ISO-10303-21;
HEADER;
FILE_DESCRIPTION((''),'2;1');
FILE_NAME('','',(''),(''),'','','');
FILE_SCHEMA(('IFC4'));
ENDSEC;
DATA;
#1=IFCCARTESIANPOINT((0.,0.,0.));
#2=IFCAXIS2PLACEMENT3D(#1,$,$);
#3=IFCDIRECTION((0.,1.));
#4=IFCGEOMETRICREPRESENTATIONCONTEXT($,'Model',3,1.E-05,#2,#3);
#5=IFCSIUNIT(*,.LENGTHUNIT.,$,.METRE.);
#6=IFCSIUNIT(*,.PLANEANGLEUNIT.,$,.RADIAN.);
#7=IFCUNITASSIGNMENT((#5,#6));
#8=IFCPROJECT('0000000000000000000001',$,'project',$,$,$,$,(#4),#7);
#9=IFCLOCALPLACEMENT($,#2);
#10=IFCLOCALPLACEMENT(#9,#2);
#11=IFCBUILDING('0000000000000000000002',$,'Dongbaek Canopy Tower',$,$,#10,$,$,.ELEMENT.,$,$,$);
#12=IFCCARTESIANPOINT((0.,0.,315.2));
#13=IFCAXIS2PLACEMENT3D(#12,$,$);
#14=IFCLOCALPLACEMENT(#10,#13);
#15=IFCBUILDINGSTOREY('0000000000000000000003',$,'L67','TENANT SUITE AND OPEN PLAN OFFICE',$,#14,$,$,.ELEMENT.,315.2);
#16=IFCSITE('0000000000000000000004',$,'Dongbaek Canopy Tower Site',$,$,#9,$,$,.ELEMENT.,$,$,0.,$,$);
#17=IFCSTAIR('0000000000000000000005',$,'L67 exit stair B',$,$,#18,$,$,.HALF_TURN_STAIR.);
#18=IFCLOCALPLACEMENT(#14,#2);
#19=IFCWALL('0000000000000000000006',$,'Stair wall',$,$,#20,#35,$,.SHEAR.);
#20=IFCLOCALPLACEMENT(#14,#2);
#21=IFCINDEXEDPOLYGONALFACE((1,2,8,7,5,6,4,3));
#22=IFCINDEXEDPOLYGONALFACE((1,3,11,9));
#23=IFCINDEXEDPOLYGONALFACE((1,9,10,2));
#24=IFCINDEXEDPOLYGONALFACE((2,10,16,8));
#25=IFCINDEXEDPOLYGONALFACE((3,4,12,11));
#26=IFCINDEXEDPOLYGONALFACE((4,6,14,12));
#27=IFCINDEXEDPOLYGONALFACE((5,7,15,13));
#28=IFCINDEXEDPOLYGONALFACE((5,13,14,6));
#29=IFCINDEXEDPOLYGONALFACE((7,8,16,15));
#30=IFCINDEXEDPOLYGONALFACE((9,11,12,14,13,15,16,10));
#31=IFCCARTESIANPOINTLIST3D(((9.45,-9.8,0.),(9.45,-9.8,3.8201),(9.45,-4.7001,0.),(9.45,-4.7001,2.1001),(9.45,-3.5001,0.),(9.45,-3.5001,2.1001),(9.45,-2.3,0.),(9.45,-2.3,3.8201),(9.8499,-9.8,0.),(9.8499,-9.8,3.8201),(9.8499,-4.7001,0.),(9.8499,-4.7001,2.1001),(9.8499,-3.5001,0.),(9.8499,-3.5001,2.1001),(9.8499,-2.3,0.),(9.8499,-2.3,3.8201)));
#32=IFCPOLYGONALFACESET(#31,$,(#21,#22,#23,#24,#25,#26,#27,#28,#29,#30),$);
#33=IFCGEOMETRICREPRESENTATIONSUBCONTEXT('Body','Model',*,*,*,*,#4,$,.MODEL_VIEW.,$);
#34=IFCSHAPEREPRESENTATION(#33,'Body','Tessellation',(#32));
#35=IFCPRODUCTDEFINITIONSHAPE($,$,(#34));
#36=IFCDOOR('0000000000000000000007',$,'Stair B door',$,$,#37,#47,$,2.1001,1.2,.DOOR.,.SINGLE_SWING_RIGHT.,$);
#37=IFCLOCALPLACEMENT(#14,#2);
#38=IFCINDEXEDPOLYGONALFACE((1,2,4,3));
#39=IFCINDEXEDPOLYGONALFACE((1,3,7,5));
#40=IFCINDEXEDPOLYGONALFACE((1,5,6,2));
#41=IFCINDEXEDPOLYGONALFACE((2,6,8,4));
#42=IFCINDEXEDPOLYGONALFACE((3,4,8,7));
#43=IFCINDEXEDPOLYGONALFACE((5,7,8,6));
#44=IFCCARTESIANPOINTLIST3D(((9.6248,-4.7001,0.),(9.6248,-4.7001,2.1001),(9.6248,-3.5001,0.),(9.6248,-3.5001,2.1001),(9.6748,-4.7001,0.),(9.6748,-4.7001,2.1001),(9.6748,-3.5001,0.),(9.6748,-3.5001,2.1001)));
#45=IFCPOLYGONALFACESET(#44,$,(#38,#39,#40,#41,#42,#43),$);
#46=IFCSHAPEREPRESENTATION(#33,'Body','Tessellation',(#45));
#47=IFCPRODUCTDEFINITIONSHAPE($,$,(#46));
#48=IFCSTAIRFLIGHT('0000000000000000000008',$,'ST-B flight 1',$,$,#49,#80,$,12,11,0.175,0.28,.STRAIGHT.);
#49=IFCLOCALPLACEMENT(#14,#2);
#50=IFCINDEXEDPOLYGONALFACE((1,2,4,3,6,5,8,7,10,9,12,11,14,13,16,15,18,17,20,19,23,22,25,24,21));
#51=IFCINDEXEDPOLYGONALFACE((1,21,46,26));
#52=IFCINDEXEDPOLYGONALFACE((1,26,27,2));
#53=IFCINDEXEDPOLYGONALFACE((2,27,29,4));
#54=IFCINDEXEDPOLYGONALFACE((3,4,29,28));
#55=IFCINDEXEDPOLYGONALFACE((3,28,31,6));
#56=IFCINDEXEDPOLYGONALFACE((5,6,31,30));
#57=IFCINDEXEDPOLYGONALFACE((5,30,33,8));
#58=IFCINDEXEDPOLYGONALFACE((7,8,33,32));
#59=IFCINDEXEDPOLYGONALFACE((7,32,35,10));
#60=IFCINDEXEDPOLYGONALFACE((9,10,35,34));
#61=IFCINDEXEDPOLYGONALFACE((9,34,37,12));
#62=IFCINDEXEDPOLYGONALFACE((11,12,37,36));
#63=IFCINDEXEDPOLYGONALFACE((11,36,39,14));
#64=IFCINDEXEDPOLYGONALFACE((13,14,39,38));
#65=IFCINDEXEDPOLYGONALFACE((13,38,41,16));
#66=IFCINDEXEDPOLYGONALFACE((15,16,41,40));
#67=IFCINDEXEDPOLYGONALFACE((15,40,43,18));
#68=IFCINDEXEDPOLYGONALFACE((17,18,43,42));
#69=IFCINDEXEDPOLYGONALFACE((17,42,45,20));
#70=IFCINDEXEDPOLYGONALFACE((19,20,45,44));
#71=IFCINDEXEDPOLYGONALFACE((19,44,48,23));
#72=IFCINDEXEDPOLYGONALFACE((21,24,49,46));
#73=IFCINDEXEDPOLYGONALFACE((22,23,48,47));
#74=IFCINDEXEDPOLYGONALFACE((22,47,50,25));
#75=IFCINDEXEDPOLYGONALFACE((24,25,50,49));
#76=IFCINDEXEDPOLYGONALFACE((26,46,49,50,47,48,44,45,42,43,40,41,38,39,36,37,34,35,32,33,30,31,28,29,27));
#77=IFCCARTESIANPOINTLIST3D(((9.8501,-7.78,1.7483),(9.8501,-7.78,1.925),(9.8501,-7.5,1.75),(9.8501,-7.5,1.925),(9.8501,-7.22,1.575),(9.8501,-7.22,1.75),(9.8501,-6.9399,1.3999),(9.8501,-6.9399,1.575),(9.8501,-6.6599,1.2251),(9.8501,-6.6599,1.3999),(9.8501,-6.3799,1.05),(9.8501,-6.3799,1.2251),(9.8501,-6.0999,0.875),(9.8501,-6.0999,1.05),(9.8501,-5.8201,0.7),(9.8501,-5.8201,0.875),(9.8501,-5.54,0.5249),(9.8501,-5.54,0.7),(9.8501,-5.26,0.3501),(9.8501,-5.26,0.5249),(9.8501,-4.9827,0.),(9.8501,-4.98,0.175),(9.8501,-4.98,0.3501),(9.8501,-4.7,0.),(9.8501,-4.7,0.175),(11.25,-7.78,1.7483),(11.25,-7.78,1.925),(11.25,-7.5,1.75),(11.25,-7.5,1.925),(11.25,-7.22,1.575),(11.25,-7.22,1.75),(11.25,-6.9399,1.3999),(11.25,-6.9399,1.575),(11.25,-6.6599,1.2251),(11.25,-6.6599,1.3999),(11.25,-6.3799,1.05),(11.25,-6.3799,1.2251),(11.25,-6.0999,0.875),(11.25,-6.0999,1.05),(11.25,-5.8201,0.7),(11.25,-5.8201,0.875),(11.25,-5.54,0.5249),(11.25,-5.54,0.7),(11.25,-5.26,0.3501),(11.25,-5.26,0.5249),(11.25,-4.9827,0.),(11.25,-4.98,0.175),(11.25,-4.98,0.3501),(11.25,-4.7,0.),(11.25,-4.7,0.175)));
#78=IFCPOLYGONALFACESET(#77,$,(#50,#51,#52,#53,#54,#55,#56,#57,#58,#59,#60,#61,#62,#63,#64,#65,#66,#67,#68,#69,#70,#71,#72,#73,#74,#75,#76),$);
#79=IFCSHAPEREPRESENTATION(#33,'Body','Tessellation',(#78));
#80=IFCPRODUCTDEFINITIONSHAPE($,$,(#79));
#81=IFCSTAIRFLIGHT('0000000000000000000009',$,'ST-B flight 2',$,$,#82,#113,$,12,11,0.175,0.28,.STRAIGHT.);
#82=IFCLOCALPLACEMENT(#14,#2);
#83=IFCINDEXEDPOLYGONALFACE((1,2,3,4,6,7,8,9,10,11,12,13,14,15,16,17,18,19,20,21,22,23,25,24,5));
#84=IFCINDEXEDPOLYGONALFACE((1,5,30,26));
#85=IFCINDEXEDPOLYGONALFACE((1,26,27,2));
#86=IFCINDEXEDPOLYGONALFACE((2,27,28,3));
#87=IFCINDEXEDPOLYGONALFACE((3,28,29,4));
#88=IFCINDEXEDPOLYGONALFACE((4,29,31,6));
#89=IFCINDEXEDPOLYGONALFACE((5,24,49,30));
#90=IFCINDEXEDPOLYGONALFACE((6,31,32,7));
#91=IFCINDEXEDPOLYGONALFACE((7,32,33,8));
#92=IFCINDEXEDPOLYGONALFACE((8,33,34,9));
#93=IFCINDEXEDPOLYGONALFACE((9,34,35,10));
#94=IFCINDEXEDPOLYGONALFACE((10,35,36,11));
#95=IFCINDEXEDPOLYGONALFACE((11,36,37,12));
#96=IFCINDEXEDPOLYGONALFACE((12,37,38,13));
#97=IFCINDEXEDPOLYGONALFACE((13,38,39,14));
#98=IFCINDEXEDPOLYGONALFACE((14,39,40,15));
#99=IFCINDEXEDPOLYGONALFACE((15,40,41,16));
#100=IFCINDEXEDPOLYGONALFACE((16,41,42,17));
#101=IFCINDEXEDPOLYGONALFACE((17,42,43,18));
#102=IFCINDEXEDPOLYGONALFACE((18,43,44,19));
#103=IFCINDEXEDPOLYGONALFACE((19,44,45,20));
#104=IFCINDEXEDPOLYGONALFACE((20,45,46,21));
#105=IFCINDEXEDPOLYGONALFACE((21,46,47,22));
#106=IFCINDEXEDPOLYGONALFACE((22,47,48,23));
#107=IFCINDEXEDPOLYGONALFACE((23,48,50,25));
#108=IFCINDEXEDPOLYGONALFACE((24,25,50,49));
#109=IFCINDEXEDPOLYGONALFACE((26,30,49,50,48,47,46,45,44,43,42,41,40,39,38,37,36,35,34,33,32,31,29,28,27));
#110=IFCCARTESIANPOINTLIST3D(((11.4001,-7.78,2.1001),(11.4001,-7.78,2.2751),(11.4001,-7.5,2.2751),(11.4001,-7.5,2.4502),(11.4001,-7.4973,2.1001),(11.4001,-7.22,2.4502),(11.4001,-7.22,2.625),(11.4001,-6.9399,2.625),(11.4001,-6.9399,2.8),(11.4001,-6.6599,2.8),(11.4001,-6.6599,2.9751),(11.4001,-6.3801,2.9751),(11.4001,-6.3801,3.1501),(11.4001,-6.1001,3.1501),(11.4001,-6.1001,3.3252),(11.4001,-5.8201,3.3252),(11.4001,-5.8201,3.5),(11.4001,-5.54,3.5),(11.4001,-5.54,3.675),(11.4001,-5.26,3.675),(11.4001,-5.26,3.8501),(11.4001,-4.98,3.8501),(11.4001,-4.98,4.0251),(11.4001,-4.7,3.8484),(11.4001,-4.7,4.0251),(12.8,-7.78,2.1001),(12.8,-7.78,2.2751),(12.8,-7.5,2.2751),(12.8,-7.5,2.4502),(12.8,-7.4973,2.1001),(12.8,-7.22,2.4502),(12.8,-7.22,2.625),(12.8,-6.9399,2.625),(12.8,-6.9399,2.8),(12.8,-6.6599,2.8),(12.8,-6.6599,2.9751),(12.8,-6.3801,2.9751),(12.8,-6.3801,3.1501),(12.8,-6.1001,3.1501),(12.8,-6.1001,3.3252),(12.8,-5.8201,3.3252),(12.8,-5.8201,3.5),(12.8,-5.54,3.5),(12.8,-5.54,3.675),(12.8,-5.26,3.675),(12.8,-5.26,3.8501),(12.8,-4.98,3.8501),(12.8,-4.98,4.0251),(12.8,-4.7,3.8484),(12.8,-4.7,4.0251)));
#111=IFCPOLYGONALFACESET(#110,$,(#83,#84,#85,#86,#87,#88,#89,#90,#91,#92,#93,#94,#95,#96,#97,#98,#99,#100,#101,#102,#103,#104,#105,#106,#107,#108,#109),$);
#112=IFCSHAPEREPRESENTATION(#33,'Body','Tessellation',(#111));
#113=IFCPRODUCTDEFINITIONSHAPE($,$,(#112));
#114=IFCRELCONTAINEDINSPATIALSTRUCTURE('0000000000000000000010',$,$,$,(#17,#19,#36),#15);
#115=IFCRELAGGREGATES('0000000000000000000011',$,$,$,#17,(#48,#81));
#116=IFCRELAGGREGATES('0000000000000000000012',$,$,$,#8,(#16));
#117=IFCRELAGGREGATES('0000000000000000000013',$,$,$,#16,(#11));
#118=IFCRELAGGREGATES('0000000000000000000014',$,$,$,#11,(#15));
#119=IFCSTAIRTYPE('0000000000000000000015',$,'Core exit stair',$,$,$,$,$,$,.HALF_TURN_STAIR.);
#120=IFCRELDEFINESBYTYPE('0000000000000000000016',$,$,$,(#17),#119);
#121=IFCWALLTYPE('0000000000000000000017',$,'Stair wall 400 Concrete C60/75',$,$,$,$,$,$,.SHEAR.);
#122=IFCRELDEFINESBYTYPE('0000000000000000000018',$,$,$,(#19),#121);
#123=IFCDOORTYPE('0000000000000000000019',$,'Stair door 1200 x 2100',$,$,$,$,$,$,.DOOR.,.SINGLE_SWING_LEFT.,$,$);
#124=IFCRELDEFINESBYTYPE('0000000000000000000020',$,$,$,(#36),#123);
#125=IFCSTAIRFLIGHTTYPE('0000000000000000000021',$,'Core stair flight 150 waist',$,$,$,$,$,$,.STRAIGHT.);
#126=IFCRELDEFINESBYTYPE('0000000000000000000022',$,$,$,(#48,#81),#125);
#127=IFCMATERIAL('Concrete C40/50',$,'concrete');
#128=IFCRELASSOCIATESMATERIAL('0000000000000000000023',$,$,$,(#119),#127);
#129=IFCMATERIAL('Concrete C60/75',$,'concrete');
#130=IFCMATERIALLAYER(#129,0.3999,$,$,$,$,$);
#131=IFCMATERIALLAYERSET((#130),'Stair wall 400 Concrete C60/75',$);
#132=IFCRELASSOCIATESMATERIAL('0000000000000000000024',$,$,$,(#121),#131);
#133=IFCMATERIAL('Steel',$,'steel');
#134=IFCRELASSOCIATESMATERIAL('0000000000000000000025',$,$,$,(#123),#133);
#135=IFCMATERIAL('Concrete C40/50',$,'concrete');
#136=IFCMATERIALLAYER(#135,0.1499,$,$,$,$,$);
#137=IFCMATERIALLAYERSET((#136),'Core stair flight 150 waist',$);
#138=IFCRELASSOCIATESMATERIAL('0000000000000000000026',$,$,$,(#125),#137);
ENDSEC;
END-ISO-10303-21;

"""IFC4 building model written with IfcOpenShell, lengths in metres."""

from ifc_helpers import new_model, si_unit, direction, frame, frame_2d, origin, place, context, subcontext, project, spatial, polyline, rectangle, outline, extrude, material, layer, layer_set, type_object, element, fill, aggregate, save


model = new_model("IFC4")

# Units and contexts
model_context = context("Model", 3, precision=1e-05, world=origin(), true_north=direction((0.0, 1.0)))
body_context = subcontext(model_context, "Body", "Model", "MODEL_VIEW")
ifc_project = project(units=[si_unit("LENGTHUNIT", "METRE"), si_unit("PLANEANGLEUNIT", "RADIAN")], contexts=[model_context])

# Site, building, storey
site_placement = place(None, origin())
site = spatial("IfcSite", under=ifc_project, at=site_placement, Name="Dongbaek Canopy Tower Site", CompositionType="ELEMENT", RefElevation=0.0)
building_placement = place(site_placement, origin())
building = spatial("IfcBuilding", under=site, at=building_placement, Name="Dongbaek Canopy Tower", CompositionType="ELEMENT")
storey_placement = place(building_placement, frame((0.0, 0.0, 315.2)))
storey = spatial("IfcBuildingStorey", under=building, at=storey_placement, Name="L67", Description="TENANT SUITE AND OPEN PLAN OFFICE", CompositionType="ELEMENT", Elevation=315.2)

# Stair
ifc_material_1 = material(Name="Concrete C40/50", Category="concrete")
stair_type = type_object("IfcStairType", Name="Core exit stair", PredefinedType="HALF_TURN_STAIR", material=ifc_material_1)
stair_1_placement = place(storey_placement, origin())
stair_1 = element("IfcStair", 1, at=stair_1_placement, inside=storey, type_object=stair_type, Name="L67 exit stair B", PredefinedType="HALF_TURN_STAIR")

# Wall, opening, door
ifc_material_2 = material(Name="Concrete C60/75", Category="concrete")
ifc_layer_1 = layer(ifc_material_2, 0.3999)
ifc_layer_set_1 = layer_set([ifc_layer_1], Name="Stair wall 400 Concrete C60/75")
wall_type_1 = type_object("IfcWallType", Name="Stair wall 400 Concrete C60/75", PredefinedType="SHEAR", material=ifc_layer_set_1)
wall_1_placement = place(storey_placement, frame((9.6499, -2.3, 0.0), z_axis=(0.0, 0.0, 1.0), x_axis=(0.0, -1.0, 0.0)))
wall_1 = element("IfcWall", 2, at=wall_1_placement, inside=storey, type_object=wall_type_1, Name="Stair wall", PredefinedType="SHEAR", context=body_context, shape_type="SweptSolid", body=[
    extrude(rectangle(XDim=7.5, YDim=0.3999, at=frame_2d((3.75, 0.0))), origin(), (0.0, 0.0, 1.0), 3.8201),
])
opening_1_placement = place(wall_1_placement, frame((1.2, 0.0, 0.0)))
opening_1 = element("IfcOpeningElement", 3, at=opening_1_placement, cuts=wall_1, PredefinedType="OPENING", context=body_context, shape_type="SweptSolid", body=[
    extrude(rectangle(XDim=1.2, YDim=2.1001, at=frame_2d((0.6001, 1.05))), frame((0.0, 0.21, 0.0), z_axis=(0.0, -1.0, 0.0), x_axis=(1.0, 0.0, 0.0)), (0.0, 0.0, 1.0), 0.4199),
])
ifc_material_3 = material(Name="Steel", Category="steel")
door_type_1 = type_object("IfcDoorType", Name="Stair door 1200 x 2100", OperationType="SINGLE_SWING_LEFT", PredefinedType="DOOR", material=ifc_material_3)
door_1_placement = place(opening_1_placement, origin())
door_1 = element("IfcDoor", 4, at=door_1_placement, inside=storey, type_object=door_type_1, Name="Stair B door", OperationType="SINGLE_SWING_RIGHT", OverallHeight=2.1001, OverallWidth=1.2, PredefinedType="DOOR", context=body_context, shape_type="SweptSolid", body=[
    extrude(rectangle(XDim=1.2, YDim=2.1001, at=frame_2d((0.6001, 1.05))), frame((0.0, 0.0249, 0.0), z_axis=(0.0, -1.0, 0.0), x_axis=(1.0, 0.0, 0.0)), (0.0, 0.0, 1.0), 0.05),
])
fill(opening_1, door_1)

# Stair flights
ifc_material_4 = material(Name="Concrete C40/50", Category="concrete")
ifc_layer_2 = layer(ifc_material_4, 0.1499)
ifc_layer_set_2 = layer_set([ifc_layer_2], Name="Core stair flight 150 waist")
stair_flight_type = type_object("IfcStairFlightType", Name="Core stair flight 150 waist", PredefinedType="STRAIGHT", material=ifc_layer_set_2)
stair_flight_1_placement = place(storey_placement, frame((10.55, -4.7, 0.0), z_axis=(0.0, 0.0, 1.0), x_axis=(0.0, -1.0, 0.0)))
stair_flight_1 = element("IfcStairFlight", 5, at=stair_flight_1_placement, type_object=stair_flight_type, Name="ST-B flight 1", NumberOfRisers=12, NumberOfTreads=11, PredefinedType="STRAIGHT", RiserHeight=0.175, TreadLength=0.28, context=body_context, shape_type="SweptSolid", body=[
    extrude(outline(polyline([(0.0, 0.0), (0.0, 0.175), (0.28, 0.175), (0.28, 0.3501), (0.5601, 0.3501), (0.5601, 0.5249), (0.8401, 0.5249), (0.8401, 0.7), (1.1201, 0.7), (1.1201, 0.875), (1.3999, 0.875), (1.3999, 1.05), (1.6799, 1.05), (1.6799, 1.2251), (1.96, 1.2251), (1.96, 1.3999), (2.24, 1.3999), (2.24, 1.575), (2.52, 1.575), (2.52, 1.75), (2.8, 1.75), (2.8, 1.925), (3.0801, 1.925), (3.0801, 2.1001), (3.0801, 1.7483), (0.2827, 0.0), (0.0, 0.0)])), frame((0.0, 0.7, 0.0), z_axis=(0.0, -1.0, 0.0), x_axis=(1.0, 0.0, 0.0)), (0.0, 0.0, 1.0), 1.3999),
])
stair_flight_2_placement = place(storey_placement, frame((12.1001, -7.78, 2.1001), z_axis=(0.0, 0.0, 1.0), x_axis=(0.0, 1.0, 0.0)))
stair_flight_2 = element("IfcStairFlight", 6, at=stair_flight_2_placement, type_object=stair_flight_type, Name="ST-B flight 2", NumberOfRisers=12, NumberOfTreads=11, PredefinedType="STRAIGHT", RiserHeight=0.175, TreadLength=0.28, context=body_context, shape_type="SweptSolid", body=[
    extrude(outline(polyline([(0.0, 0.0), (0.0, 0.175), (0.28, 0.175), (0.28, 0.3501), (0.5601, 0.3501), (0.5601, 0.5249), (0.8401, 0.5249), (0.8401, 0.7), (1.1201, 0.7), (1.1201, 0.875), (1.3999, 0.875), (1.3999, 1.05), (1.6799, 1.05), (1.6799, 1.2251), (1.96, 1.2251), (1.96, 1.3999), (2.24, 1.3999), (2.24, 1.575), (2.52, 1.575), (2.52, 1.75), (2.8, 1.75), (2.8, 1.925), (3.0801, 1.925), (3.0801, 2.1001), (3.0801, 1.7483), (0.2827, 0.0), (0.0, 0.0)])), frame((0.0, 0.7, 0.0), z_axis=(0.0, -1.0, 0.0), x_axis=(1.0, 0.0, 0.0)), (0.0, 0.0, 1.0), 1.3999),
])
aggregate(stair_1, [stair_flight_1, stair_flight_2])

save(model, "model.ifc")
